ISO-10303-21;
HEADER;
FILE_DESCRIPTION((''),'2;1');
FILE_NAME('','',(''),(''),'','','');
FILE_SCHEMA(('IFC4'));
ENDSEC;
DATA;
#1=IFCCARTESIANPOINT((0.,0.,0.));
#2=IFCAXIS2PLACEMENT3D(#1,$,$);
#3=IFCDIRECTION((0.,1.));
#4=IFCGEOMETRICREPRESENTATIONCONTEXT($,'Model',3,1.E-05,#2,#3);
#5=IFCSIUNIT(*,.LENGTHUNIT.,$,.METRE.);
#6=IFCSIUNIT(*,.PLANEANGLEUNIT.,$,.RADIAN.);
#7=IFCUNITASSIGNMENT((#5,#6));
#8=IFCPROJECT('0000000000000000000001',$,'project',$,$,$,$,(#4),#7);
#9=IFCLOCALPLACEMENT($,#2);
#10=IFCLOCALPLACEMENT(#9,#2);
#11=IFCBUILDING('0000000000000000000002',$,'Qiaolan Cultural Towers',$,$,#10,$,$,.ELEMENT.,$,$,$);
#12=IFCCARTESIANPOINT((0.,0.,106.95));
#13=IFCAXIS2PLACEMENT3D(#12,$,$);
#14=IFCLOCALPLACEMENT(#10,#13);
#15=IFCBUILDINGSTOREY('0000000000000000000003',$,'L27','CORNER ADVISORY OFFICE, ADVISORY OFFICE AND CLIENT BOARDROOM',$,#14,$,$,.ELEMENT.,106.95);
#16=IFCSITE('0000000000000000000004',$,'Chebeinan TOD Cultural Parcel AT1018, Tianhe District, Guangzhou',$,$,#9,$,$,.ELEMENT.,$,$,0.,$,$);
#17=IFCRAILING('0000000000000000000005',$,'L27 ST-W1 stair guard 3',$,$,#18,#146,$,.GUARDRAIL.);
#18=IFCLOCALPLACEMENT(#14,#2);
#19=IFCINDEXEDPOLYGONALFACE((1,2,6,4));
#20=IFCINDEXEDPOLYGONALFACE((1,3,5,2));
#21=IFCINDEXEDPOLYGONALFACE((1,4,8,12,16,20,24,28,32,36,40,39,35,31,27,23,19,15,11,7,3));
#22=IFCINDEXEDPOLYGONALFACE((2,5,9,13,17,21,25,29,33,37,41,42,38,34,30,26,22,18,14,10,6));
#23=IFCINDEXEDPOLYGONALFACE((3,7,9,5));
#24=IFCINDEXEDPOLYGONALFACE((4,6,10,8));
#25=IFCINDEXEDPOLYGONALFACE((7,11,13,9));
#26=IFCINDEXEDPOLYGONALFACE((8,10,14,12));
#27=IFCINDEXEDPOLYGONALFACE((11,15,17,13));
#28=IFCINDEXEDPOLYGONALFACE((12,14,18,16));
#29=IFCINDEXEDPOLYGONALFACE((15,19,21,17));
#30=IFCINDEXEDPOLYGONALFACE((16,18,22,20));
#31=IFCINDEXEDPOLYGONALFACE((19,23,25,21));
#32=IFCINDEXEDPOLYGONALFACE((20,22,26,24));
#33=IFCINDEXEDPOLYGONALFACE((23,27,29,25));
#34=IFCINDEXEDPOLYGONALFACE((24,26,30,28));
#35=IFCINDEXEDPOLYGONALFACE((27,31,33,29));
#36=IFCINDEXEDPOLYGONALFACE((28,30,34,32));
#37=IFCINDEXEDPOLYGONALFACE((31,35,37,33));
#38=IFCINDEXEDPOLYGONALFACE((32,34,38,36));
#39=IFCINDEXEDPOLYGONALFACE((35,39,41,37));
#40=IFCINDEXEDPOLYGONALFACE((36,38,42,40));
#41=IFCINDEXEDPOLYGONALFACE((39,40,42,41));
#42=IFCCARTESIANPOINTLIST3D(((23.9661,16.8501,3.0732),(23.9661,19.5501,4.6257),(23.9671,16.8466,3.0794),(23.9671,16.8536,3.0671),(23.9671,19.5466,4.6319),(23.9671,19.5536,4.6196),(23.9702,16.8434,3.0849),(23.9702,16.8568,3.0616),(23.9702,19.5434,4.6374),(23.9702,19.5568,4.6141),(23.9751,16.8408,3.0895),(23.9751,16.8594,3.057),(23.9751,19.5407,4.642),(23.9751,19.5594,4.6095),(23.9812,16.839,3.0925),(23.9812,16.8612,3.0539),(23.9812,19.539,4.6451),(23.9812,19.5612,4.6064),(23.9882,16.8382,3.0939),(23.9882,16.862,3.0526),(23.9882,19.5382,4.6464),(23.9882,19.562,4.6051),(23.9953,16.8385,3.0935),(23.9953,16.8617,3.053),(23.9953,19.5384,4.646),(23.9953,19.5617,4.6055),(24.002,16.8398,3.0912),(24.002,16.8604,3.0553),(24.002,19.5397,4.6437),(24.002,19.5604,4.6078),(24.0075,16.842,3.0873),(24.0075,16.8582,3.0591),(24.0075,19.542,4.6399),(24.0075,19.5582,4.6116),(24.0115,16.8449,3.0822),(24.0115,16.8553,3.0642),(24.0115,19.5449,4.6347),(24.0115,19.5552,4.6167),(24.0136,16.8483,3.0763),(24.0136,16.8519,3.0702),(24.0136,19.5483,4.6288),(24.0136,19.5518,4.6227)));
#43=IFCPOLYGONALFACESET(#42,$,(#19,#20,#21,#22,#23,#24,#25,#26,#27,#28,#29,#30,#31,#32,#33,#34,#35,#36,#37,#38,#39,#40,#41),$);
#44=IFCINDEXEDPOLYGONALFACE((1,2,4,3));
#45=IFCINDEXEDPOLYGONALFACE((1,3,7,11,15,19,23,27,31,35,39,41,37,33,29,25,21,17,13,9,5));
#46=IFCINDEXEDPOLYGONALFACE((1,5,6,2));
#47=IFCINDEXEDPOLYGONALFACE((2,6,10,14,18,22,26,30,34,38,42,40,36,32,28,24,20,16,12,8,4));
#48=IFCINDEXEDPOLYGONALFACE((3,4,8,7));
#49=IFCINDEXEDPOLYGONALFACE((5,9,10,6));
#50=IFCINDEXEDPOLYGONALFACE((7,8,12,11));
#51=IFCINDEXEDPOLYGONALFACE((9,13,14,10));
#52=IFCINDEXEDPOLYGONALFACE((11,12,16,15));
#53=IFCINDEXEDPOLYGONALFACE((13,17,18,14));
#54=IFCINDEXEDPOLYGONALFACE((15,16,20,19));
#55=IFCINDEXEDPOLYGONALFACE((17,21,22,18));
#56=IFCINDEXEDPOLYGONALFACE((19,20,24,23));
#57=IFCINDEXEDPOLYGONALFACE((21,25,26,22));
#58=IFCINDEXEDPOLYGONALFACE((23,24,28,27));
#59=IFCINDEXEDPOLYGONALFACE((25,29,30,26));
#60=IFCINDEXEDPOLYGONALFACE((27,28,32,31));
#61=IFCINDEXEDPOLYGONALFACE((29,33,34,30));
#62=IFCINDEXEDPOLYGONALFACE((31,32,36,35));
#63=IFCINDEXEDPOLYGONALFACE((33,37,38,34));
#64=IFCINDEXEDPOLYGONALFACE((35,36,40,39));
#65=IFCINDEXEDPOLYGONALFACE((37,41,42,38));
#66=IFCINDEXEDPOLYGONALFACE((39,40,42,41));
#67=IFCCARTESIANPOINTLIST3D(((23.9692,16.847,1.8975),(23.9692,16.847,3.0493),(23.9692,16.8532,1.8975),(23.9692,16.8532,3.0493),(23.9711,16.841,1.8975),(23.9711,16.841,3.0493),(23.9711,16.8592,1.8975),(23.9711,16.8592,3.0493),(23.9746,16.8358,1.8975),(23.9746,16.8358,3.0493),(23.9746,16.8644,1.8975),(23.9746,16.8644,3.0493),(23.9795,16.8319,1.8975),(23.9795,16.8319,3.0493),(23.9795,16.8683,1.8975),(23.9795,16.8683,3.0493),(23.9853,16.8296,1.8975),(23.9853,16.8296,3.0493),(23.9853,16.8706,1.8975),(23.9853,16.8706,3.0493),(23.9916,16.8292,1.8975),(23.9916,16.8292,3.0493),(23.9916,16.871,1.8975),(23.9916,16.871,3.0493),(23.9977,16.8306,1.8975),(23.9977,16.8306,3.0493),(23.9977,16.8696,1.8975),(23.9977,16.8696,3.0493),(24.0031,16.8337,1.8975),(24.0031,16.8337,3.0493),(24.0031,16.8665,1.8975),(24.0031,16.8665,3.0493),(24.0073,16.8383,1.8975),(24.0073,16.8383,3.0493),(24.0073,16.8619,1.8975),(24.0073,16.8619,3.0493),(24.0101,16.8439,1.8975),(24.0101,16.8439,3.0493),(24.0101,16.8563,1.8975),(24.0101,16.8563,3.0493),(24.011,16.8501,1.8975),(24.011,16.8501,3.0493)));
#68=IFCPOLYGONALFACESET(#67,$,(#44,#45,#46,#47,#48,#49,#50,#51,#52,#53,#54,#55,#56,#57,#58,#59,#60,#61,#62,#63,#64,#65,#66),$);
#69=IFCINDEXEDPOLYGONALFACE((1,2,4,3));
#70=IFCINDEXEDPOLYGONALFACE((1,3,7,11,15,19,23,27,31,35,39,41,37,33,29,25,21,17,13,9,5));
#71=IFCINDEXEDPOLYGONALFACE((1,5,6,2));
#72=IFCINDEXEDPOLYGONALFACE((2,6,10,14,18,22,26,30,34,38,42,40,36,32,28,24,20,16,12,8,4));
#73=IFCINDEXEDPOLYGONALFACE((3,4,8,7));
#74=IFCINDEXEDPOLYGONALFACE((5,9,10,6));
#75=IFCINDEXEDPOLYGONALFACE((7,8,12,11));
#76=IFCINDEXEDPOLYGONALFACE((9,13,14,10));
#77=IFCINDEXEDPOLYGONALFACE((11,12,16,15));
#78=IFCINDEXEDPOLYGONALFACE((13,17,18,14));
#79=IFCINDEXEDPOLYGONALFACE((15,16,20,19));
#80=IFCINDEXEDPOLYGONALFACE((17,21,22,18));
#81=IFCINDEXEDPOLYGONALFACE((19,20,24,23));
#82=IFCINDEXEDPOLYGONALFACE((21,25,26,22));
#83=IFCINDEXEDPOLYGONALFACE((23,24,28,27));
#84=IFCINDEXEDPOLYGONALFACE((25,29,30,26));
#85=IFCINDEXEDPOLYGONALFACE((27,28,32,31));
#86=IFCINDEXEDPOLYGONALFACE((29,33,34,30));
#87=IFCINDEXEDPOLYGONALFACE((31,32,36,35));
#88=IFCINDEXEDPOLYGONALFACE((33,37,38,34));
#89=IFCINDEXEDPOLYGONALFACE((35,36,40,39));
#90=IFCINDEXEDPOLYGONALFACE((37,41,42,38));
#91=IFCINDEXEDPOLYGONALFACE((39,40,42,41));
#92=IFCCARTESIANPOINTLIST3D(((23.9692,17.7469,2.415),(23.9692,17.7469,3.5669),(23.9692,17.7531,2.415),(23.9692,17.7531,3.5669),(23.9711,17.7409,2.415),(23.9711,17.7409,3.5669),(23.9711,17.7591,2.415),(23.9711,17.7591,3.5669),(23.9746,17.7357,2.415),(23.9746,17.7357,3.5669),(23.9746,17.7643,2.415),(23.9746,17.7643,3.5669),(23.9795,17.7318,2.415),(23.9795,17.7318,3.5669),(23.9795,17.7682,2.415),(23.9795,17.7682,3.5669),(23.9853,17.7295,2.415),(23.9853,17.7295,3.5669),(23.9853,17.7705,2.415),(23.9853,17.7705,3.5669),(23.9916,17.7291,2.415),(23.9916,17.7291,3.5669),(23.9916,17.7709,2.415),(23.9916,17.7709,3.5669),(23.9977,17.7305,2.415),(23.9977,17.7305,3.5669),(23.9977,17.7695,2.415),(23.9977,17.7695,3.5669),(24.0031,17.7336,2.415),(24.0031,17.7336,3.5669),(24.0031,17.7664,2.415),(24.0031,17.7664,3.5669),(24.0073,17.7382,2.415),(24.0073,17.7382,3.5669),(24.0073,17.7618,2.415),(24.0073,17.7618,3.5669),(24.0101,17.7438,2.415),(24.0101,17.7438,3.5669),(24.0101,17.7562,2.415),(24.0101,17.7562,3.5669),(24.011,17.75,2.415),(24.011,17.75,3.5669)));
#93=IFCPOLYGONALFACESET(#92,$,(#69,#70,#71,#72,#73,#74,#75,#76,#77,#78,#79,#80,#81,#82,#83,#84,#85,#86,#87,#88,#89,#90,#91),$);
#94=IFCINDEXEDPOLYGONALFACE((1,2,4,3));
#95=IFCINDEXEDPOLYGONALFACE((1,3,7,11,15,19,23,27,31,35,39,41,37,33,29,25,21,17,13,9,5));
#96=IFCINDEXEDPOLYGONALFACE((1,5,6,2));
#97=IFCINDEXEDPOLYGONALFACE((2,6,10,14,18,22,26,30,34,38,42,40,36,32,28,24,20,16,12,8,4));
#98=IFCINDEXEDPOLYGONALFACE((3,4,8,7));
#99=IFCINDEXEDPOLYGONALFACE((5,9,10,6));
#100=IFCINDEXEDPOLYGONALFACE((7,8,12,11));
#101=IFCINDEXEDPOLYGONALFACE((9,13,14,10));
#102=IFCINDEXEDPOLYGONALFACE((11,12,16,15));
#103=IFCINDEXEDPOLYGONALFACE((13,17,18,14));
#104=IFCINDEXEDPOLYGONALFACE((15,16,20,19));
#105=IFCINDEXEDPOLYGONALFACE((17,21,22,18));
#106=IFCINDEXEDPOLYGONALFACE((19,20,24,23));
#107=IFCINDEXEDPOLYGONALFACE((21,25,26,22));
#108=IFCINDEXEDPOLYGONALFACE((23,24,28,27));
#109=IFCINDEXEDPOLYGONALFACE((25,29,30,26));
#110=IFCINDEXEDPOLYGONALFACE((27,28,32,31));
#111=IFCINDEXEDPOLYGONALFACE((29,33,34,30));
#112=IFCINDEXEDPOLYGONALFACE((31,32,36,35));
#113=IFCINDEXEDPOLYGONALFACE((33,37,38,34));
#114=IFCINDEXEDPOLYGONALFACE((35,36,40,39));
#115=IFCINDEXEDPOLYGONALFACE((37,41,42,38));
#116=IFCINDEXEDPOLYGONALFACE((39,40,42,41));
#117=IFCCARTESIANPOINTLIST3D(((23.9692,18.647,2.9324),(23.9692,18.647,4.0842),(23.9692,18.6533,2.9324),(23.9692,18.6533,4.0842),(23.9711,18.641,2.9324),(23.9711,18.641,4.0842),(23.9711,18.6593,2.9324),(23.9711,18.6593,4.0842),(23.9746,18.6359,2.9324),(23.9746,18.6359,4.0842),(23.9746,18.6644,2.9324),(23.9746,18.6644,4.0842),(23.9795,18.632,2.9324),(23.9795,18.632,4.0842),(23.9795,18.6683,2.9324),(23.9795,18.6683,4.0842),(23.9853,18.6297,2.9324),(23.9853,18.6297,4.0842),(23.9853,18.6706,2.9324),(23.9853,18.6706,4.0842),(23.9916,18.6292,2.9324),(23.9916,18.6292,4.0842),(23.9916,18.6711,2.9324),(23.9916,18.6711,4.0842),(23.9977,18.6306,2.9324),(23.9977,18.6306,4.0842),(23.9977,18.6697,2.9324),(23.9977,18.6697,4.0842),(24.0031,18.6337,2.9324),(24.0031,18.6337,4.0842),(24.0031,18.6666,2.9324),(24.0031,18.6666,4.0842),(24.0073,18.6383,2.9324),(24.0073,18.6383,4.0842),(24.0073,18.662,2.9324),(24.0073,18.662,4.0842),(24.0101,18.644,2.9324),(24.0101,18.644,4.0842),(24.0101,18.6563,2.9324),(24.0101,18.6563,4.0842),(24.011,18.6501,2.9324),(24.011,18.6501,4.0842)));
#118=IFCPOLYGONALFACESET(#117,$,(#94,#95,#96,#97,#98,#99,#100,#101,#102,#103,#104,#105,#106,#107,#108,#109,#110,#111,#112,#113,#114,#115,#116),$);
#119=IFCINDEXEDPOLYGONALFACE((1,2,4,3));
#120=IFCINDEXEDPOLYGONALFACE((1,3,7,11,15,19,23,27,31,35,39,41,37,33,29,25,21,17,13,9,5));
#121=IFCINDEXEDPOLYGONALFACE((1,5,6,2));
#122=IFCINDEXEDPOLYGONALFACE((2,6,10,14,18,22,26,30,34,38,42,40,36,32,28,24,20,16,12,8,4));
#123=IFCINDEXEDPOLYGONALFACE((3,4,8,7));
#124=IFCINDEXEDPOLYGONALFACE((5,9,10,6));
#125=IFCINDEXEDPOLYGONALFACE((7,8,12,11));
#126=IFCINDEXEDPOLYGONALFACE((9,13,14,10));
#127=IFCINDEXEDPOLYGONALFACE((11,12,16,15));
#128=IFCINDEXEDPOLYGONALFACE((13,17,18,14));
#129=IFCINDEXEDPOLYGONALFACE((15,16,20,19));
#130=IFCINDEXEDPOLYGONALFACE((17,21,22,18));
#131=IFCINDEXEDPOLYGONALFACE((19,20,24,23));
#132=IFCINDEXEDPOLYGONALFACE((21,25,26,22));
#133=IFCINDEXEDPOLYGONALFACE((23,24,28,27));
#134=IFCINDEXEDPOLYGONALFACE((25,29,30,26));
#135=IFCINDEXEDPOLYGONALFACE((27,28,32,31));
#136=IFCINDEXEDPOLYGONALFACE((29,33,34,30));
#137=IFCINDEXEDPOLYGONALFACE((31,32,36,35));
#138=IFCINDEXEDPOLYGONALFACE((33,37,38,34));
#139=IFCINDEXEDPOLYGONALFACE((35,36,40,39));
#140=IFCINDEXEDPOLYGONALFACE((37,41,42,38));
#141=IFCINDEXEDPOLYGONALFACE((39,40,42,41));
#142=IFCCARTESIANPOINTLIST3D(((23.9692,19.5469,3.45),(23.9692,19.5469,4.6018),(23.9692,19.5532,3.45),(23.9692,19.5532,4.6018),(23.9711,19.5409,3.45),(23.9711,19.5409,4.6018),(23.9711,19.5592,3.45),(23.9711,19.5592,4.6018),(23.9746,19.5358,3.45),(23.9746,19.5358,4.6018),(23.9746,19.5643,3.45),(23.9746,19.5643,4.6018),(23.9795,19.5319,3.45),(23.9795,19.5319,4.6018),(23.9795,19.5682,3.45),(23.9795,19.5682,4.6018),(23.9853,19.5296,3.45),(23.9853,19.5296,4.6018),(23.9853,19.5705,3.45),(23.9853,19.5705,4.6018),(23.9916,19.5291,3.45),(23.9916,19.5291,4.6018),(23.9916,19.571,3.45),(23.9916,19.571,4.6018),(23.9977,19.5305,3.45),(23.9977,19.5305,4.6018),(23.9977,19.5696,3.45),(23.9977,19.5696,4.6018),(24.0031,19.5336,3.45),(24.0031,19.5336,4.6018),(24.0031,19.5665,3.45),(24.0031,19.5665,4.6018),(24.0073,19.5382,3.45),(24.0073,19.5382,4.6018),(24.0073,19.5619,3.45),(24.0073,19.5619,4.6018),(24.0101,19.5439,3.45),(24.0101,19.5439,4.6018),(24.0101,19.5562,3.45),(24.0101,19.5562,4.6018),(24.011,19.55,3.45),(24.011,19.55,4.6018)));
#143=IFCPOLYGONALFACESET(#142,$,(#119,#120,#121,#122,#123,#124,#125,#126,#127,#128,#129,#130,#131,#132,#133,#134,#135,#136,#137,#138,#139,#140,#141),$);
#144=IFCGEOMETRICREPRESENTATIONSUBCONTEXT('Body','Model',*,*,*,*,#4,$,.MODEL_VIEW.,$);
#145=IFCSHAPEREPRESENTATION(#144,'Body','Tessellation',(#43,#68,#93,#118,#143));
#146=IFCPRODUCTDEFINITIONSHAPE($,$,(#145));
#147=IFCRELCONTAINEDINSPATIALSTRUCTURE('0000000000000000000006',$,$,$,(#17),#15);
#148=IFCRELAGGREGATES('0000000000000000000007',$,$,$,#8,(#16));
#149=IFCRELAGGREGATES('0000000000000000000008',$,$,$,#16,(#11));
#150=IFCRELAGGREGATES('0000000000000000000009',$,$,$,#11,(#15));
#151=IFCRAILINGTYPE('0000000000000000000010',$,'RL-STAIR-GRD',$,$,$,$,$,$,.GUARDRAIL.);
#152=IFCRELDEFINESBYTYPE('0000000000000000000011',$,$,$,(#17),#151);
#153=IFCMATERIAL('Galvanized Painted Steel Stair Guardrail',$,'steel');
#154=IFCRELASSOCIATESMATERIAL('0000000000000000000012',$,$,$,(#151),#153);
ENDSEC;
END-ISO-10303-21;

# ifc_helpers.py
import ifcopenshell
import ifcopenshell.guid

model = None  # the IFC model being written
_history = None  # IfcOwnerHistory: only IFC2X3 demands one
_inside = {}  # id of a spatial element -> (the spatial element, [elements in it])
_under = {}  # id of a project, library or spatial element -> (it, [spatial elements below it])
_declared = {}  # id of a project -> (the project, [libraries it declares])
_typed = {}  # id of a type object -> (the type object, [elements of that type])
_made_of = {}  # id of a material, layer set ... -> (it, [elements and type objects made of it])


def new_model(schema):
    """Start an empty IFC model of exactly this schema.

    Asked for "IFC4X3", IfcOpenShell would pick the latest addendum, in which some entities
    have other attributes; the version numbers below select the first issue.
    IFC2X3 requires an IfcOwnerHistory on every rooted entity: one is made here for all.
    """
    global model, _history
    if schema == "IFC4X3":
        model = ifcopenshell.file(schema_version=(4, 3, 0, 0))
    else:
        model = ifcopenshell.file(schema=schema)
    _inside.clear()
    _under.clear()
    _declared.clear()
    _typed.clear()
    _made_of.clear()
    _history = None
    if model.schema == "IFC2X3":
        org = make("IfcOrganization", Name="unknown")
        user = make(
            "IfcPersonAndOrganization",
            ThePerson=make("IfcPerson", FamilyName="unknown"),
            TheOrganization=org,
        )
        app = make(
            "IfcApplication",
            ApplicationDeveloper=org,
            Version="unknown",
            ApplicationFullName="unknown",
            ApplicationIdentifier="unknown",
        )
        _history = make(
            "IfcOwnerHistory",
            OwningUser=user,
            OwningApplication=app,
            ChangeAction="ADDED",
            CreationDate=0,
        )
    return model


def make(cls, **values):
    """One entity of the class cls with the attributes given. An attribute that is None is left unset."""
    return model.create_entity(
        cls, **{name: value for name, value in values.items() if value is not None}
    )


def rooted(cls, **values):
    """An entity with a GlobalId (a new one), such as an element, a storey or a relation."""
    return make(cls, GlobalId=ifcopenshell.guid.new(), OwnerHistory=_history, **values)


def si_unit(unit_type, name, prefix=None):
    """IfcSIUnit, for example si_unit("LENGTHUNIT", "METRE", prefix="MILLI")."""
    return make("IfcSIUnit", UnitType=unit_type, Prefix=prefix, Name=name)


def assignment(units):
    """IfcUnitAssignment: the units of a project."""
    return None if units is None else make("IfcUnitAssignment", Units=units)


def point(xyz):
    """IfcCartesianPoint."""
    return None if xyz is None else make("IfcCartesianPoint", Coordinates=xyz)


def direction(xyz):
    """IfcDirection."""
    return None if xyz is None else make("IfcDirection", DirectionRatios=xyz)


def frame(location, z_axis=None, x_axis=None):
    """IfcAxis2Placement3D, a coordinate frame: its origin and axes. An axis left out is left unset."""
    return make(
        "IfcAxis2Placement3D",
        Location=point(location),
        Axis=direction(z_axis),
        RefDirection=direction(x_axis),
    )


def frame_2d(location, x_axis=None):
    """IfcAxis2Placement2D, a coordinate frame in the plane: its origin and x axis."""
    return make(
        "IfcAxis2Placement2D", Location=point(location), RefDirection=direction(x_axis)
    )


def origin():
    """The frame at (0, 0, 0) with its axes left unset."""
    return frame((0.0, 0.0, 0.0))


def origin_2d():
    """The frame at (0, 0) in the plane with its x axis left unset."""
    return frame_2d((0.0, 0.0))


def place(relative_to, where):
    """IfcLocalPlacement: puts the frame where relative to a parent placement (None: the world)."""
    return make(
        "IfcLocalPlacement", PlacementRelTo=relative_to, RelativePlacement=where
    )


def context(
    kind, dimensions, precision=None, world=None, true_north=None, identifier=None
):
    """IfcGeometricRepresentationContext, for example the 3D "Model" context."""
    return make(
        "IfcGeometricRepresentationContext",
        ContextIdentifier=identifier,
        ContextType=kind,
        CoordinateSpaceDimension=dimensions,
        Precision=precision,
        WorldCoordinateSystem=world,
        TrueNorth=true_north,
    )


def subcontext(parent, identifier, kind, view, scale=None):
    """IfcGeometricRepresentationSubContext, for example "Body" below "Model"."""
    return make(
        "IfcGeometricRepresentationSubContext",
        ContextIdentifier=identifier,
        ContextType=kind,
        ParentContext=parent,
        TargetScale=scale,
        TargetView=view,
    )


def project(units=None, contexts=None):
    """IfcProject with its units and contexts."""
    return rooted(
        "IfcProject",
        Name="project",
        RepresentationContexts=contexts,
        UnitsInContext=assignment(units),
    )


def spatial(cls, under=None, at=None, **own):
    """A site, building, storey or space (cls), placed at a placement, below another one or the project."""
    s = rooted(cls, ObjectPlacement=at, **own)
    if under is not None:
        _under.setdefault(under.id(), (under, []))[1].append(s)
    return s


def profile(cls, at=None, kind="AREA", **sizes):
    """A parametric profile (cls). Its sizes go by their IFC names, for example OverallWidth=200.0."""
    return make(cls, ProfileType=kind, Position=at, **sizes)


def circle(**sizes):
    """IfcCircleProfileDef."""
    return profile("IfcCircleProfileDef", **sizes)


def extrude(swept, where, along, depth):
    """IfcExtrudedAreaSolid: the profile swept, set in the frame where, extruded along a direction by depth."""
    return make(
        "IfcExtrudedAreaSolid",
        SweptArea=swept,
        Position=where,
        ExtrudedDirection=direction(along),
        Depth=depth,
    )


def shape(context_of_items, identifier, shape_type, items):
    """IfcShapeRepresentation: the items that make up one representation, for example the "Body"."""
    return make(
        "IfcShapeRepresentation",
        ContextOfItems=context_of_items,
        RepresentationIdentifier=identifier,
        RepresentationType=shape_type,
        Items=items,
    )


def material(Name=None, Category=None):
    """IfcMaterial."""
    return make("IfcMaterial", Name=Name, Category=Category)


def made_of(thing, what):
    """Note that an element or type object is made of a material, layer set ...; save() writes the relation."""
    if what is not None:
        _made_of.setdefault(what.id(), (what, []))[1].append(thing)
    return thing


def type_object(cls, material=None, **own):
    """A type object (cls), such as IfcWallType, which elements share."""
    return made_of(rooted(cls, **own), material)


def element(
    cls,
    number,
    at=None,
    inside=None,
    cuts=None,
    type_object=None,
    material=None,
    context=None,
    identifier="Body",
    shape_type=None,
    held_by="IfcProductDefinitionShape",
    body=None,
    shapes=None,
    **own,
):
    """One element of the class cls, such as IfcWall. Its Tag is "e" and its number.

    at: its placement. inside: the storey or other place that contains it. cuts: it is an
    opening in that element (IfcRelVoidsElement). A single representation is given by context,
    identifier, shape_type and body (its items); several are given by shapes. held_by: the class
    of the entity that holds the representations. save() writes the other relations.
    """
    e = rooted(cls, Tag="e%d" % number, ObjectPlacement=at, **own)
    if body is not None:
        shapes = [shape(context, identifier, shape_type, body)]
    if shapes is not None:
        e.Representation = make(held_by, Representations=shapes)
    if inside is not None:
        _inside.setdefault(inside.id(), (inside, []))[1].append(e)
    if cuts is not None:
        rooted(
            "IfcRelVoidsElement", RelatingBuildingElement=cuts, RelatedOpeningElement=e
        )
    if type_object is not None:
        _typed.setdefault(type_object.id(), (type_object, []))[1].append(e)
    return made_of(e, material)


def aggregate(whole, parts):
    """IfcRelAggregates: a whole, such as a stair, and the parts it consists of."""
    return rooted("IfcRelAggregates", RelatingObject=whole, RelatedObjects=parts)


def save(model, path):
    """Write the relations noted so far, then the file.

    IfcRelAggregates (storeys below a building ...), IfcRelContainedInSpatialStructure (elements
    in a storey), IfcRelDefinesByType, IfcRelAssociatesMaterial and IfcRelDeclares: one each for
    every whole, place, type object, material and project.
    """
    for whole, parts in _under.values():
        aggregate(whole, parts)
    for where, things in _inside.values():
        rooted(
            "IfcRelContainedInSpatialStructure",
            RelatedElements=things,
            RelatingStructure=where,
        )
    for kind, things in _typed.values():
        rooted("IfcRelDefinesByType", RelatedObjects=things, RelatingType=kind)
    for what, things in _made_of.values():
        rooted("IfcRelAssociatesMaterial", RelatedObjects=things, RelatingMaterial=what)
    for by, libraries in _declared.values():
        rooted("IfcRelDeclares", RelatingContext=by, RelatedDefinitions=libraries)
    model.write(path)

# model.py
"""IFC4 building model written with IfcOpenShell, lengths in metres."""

from ifc_helpers import new_model, si_unit, direction, frame, origin, origin_2d, place, context, subcontext, project, spatial, circle, extrude, material, type_object, element, save


model = new_model("IFC4")

# Units and contexts
model_context = context("Model", 3, precision=1e-05, world=origin(), true_north=direction((0.0, 1.0)))
body_context = subcontext(model_context, "Body", "Model", "MODEL_VIEW")
ifc_project = project(units=[si_unit("LENGTHUNIT", "METRE"), si_unit("PLANEANGLEUNIT", "RADIAN")], contexts=[model_context])

# Site, building, storey
site_placement = place(None, origin())
site = spatial("IfcSite", under=ifc_project, at=site_placement, Name="Chebeinan TOD Cultural Parcel AT1018, Tianhe District, Guangzhou", CompositionType="ELEMENT", RefElevation=0.0)
building_placement = place(site_placement, origin())
building = spatial("IfcBuilding", under=site, at=building_placement, Name="Qiaolan Cultural Towers", CompositionType="ELEMENT")
storey_placement = place(building_placement, frame((0.0, 0.0, 106.95)))
storey = spatial("IfcBuildingStorey", under=building, at=storey_placement, Name="L27", Description="CORNER ADVISORY OFFICE, ADVISORY OFFICE AND CLIENT BOARDROOM", CompositionType="ELEMENT", Elevation=106.95)

# Railing
ifc_material_1 = material(Name="Galvanized Painted Steel Stair Guardrail", Category="steel")
railing_type_1 = type_object("IfcRailingType", Name="RL-STAIR-GRD", PredefinedType="GUARDRAIL", material=ifc_material_1)
railing_1_placement = place(storey_placement, frame((23.99, 16.8501, 1.8975)))
element("IfcRailing", 1, at=railing_1_placement, inside=storey, type_object=railing_type_1, Name="L27 ST-W1 stair guard 3", PredefinedType="GUARDRAIL", context=body_context, shape_type="SweptSolid", body=[
    extrude(circle(Radius=0.0239, at=origin_2d()), frame((0.0, 0.0, 1.1758), z_axis=(0.0, 0.866904, 0.498476), x_axis=(-1.0, 0.0, 0.0)), (0.0, 0.0, 1.0), 3.1145),
    extrude(circle(Radius=0.021, at=origin_2d()), origin(), (0.0, 0.0, 1.0), 1.1519),
    extrude(circle(Radius=0.021, at=origin_2d()), frame((0.0, 0.8999, 0.5176)), (0.0, 0.0, 1.0), 1.1519),
    extrude(circle(Radius=0.021, at=origin_2d()), frame((0.0, 1.8, 1.0349)), (0.0, 0.0, 1.0), 1.1519),
    extrude(circle(Radius=0.021, at=origin_2d()), frame((0.0, 2.7, 1.5525)), (0.0, 0.0, 1.0), 1.1519),
])

save(model, "model.ifc")
